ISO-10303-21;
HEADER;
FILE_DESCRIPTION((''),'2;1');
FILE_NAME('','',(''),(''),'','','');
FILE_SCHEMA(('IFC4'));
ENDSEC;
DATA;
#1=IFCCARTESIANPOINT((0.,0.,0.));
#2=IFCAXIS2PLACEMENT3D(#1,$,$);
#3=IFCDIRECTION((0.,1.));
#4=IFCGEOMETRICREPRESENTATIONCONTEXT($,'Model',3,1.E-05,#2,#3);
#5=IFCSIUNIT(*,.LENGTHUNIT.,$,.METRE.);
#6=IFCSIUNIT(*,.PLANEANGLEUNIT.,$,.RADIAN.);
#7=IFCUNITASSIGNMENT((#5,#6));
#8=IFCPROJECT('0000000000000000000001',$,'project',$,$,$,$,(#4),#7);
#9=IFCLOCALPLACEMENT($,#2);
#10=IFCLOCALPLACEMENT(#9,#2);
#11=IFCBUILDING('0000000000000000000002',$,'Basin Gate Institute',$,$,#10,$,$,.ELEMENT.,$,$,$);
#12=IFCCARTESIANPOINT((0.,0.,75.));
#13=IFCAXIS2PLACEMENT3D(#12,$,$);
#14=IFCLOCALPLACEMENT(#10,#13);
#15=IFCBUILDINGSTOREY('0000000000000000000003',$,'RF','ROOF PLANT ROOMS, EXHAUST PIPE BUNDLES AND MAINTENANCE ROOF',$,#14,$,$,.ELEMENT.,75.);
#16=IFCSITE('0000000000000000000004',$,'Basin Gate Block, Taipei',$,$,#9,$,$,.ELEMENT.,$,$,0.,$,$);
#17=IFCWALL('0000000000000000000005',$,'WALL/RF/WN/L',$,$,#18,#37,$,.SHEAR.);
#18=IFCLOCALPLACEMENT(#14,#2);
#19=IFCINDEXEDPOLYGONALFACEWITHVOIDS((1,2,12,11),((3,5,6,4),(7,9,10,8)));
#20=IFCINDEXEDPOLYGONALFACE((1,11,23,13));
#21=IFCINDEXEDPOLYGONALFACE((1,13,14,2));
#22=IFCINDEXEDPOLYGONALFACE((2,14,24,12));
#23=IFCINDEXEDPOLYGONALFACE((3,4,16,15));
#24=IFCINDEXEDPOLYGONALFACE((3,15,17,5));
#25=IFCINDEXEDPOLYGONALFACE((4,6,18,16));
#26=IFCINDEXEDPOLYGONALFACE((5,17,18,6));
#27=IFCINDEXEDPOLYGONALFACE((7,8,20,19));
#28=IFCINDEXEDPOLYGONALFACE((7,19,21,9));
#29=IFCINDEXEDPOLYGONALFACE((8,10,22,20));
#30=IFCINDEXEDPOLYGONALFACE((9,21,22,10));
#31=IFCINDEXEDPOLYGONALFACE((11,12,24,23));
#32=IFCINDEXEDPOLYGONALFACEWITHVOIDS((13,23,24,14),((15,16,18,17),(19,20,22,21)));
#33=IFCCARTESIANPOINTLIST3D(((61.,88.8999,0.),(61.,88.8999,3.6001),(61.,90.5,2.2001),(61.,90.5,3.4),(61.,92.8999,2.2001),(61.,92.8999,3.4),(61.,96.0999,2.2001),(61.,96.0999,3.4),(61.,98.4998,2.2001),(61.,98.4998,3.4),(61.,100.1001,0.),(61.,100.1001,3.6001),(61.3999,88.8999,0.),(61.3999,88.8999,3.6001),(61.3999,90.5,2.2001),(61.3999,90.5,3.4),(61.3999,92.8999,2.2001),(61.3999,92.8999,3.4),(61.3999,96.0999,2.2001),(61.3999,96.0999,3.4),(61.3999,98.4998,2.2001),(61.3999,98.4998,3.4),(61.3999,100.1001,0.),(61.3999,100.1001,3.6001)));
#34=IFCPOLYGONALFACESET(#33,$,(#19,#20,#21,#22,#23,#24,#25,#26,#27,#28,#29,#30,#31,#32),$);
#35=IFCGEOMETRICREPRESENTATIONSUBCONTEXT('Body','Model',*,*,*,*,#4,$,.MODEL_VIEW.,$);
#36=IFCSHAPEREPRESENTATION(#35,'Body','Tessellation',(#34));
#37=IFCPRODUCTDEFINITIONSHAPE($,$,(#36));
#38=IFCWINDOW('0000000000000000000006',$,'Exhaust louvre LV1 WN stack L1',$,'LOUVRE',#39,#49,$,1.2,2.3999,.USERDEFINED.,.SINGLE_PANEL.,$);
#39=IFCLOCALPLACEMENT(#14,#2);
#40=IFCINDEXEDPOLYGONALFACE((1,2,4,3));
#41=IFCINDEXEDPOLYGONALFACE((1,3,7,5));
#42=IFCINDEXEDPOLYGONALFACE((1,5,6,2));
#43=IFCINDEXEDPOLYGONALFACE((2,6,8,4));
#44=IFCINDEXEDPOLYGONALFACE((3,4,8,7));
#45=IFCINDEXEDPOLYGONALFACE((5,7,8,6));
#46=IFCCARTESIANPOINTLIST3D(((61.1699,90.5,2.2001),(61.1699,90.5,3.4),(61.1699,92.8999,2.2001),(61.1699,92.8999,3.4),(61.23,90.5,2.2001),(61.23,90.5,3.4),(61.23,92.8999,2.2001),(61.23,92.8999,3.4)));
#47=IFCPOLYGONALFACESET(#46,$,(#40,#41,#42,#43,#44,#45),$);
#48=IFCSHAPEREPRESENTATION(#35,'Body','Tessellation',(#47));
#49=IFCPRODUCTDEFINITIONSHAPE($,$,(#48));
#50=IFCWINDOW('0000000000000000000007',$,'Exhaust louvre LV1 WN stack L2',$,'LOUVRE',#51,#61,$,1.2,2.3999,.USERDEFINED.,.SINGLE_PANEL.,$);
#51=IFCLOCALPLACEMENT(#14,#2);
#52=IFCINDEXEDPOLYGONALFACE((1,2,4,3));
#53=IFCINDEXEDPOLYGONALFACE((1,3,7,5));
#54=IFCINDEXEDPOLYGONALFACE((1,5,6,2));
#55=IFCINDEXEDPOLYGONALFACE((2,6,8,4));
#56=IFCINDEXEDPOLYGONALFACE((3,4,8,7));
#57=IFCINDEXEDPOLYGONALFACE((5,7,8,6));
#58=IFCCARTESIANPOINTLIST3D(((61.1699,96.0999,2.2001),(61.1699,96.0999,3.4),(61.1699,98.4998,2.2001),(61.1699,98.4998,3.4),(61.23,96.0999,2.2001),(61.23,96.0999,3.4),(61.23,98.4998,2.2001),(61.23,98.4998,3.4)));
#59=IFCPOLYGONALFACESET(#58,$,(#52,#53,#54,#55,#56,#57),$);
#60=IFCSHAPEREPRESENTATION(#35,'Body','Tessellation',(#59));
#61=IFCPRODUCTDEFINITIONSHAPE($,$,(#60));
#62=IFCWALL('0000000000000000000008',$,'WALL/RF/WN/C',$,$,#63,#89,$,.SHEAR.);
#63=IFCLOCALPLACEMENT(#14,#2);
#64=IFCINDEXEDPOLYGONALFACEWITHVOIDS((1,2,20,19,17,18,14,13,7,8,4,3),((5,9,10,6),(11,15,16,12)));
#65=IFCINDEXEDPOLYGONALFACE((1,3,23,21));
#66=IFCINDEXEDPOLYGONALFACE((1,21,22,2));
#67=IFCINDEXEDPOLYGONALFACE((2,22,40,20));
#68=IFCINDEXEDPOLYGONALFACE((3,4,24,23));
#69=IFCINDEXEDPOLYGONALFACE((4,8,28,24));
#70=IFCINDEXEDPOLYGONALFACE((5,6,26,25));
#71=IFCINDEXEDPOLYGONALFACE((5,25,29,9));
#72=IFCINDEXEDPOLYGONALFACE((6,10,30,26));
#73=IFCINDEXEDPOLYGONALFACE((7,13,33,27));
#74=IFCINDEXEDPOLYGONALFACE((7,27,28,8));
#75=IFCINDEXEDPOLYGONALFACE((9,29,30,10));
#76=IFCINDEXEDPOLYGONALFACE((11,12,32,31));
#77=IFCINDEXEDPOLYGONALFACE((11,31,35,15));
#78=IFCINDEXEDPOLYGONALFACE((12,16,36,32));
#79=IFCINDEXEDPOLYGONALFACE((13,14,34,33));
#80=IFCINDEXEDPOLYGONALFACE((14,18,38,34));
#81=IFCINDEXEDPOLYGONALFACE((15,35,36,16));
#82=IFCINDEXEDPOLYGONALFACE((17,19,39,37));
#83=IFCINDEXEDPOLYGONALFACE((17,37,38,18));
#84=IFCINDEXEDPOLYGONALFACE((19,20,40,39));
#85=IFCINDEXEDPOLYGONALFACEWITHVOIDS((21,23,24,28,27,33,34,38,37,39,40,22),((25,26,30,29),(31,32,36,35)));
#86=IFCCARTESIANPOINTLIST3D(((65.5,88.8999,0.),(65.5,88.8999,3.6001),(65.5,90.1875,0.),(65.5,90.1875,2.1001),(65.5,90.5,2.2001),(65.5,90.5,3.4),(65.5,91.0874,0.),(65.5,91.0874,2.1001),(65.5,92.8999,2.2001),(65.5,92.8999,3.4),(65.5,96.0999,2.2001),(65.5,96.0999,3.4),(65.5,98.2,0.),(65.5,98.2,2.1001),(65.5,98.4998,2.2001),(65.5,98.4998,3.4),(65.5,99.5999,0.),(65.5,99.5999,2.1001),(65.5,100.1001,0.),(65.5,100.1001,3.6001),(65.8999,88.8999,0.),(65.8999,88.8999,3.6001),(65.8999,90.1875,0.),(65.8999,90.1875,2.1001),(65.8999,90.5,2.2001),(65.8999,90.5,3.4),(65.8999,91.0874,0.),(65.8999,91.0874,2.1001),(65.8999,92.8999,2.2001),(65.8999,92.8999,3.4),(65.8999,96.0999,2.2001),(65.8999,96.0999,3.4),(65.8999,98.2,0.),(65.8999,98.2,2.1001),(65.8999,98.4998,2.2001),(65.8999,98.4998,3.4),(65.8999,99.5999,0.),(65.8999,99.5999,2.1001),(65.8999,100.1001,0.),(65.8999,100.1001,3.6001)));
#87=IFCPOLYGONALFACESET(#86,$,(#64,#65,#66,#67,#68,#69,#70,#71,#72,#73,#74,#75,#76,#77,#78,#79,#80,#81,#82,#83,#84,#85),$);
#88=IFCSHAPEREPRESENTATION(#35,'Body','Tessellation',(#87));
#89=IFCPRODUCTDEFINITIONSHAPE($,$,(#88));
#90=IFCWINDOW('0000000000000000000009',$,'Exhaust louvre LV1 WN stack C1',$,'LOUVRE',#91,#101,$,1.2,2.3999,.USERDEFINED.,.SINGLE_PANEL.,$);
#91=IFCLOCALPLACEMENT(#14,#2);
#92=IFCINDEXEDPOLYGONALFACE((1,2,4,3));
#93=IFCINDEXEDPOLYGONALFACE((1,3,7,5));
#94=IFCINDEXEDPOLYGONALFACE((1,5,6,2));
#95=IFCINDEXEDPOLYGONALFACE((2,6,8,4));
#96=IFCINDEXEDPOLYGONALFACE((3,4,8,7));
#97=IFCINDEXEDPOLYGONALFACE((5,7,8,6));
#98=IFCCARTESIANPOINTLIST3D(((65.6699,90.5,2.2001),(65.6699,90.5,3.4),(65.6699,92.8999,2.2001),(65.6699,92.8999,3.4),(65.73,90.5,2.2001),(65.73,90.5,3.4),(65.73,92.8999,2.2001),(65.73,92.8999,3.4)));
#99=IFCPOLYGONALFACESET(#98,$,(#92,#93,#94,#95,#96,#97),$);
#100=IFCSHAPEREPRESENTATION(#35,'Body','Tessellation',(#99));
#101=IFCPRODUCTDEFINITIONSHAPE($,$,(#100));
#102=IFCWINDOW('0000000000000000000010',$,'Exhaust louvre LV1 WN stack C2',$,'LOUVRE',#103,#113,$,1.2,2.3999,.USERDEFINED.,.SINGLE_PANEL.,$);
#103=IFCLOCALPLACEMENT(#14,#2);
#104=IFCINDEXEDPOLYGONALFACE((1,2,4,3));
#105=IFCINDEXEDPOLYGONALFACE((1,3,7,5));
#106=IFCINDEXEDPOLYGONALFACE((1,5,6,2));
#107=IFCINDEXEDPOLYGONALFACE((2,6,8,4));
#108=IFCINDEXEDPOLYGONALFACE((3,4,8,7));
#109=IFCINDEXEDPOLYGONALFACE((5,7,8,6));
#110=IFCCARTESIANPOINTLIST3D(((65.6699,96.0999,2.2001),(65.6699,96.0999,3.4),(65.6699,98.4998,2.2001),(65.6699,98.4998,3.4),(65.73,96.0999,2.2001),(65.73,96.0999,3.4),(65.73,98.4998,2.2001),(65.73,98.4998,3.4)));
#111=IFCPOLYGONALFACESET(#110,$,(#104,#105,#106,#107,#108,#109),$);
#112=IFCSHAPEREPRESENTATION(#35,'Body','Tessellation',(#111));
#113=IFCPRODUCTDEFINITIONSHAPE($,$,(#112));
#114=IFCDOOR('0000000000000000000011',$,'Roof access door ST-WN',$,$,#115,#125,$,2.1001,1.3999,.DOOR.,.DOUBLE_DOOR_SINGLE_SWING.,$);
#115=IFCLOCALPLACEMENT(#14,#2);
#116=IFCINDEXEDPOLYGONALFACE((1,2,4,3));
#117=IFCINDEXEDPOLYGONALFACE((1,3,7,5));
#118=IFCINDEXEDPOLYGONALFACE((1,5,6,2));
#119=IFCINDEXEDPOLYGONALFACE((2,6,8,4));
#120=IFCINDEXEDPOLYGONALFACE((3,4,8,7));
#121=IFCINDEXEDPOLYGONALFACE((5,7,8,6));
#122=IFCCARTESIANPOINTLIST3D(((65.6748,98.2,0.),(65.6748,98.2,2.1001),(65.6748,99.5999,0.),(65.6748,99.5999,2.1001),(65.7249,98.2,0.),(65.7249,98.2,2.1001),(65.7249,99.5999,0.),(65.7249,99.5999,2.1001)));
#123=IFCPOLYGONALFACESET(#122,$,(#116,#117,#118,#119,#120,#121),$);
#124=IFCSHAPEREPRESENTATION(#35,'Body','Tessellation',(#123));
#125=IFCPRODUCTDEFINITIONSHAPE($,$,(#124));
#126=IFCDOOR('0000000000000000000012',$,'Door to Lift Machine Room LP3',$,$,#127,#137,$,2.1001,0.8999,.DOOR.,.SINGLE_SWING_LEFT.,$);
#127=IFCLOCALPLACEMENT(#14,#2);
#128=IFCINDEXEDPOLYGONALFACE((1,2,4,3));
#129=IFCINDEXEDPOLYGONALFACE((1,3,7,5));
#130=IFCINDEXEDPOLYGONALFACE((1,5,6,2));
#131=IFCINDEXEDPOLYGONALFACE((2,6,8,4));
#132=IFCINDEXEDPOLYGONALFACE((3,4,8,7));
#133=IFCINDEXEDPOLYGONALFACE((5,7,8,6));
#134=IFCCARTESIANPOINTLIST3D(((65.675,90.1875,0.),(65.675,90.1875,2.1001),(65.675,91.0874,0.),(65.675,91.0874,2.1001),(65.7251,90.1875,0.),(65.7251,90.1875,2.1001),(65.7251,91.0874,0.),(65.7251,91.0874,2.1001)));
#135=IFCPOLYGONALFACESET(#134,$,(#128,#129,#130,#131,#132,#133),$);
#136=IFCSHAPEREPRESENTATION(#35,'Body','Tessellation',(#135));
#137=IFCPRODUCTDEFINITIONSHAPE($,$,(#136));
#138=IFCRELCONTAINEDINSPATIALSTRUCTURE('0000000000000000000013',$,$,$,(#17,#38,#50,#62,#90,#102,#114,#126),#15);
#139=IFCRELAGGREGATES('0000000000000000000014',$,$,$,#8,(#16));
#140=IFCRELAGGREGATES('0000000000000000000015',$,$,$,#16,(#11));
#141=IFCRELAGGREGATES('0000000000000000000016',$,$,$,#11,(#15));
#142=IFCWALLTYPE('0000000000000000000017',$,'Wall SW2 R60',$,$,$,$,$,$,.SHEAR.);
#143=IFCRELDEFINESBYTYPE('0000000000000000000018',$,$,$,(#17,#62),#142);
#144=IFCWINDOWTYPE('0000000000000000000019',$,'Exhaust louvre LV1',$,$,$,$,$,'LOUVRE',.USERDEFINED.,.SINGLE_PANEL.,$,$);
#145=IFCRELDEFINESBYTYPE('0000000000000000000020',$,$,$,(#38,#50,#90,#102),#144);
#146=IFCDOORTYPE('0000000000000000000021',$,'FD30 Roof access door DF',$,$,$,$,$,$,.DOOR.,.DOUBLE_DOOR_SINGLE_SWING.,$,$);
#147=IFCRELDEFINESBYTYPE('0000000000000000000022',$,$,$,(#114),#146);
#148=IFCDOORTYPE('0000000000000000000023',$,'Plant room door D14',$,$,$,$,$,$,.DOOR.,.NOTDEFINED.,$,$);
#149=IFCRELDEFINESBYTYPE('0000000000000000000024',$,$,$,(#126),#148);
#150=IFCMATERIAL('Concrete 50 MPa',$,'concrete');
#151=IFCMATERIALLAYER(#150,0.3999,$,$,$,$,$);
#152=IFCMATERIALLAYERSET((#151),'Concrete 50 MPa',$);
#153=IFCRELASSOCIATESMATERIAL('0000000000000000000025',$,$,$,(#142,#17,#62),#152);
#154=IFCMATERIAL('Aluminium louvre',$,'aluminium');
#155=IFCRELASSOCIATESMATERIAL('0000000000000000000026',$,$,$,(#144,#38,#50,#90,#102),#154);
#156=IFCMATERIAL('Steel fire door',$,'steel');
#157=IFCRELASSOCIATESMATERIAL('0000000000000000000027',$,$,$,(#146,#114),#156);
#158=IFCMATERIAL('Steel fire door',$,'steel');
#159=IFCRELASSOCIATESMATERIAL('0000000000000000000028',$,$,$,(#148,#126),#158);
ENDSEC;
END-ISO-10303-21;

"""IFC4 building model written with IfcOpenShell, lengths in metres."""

from ifc_helpers import new_model, si_unit, direction, frame, frame_2d, origin, place, context, subcontext, project, spatial, rectangle, extrude, material, layer, layer_set, type_object, element, fill, save


model = new_model("IFC4")

# Units and contexts
model_context = context("Model", 3, precision=1e-05, world=origin(), true_north=direction((0.0, 1.0)))
body_context = subcontext(model_context, "Body", "Model", "MODEL_VIEW")
ifc_project = project(units=[si_unit("LENGTHUNIT", "METRE"), si_unit("PLANEANGLEUNIT", "RADIAN")], contexts=[model_context])

# Site, building, storey
site_placement = place(None, origin())
site = spatial("IfcSite", under=ifc_project, at=site_placement, Name="Basin Gate Block, Taipei", CompositionType="ELEMENT", RefElevation=0.0)
building_placement = place(site_placement, origin())
building = spatial("IfcBuilding", under=site, at=building_placement, Name="Basin Gate Institute", CompositionType="ELEMENT")
storey_placement = place(building_placement, frame((0.0, 0.0, 75.0)))
storey = spatial("IfcBuildingStorey", under=building, at=storey_placement, Name="RF", Description="ROOF PLANT ROOMS, EXHAUST PIPE BUNDLES AND MAINTENANCE ROOF", CompositionType="ELEMENT", Elevation=75.0)

# Shared definitions
ifc_material_1 = material(Name="Concrete 50 MPa", Category="concrete")
ifc_layer_1 = layer(ifc_material_1, 0.3999)
ifc_layer_set_1 = layer_set([ifc_layer_1], Name="Concrete 50 MPa")
wall_type_1 = type_object("IfcWallType", Name="Wall SW2 R60", PredefinedType="SHEAR", material=ifc_layer_set_1)

# Wall, openings, windows
wall_1_placement = place(storey_placement, frame((61.2, 88.8999, 0.0), z_axis=(0.0, 0.0, 1.0), x_axis=(0.0, 1.0, 0.0)))
wall_1 = element("IfcWall", 1, at=wall_1_placement, inside=storey, type_object=wall_type_1, material=ifc_layer_set_1, Name="WALL/RF/WN/L", PredefinedType="SHEAR", context=body_context, shape_type="SweptSolid", body=[
    extrude(rectangle(XDim=11.2002, YDim=0.3999, at=frame_2d((5.6001, 0.0))), origin(), (0.0, 0.0, 1.0), 3.6001),
])
opening_1_placement = place(wall_1_placement, frame((1.6001, 0.0, 2.2)))
opening_1 = element("IfcOpeningElement", 2, at=opening_1_placement, cuts=wall_1, PredefinedType="OPENING", context=body_context, shape_type="SweptSolid", body=[
    extrude(rectangle(XDim=2.3999, YDim=1.2, at=frame_2d((1.2, 0.6001))), frame((0.0, 0.21, 0.0), z_axis=(0.0, -1.0, 0.0), x_axis=(1.0, 0.0, 0.0)), (0.0, 0.0, 1.0), 0.4199),
])
opening_2_placement = place(wall_1_placement, frame((7.2, 0.0, 2.2)))
opening_2 = element("IfcOpeningElement", 3, at=opening_2_placement, cuts=wall_1, PredefinedType="OPENING", context=body_context, shape_type="SweptSolid", body=[
    extrude(rectangle(XDim=2.3999, YDim=1.2, at=frame_2d((1.2, 0.6001))), frame((0.0, 0.21, 0.0), z_axis=(0.0, -1.0, 0.0), x_axis=(1.0, 0.0, 0.0)), (0.0, 0.0, 1.0), 0.4199),
])
ifc_material_2 = material(Name="Aluminium louvre", Category="aluminium")
window_type_1 = type_object("IfcWindowType", Name="Exhaust louvre LV1", ElementType="LOUVRE", PartitioningType="SINGLE_PANEL", PredefinedType="USERDEFINED", material=ifc_material_2)
window_1_placement = place(opening_1_placement, origin())
window_1 = element("IfcWindow", 4, at=window_1_placement, inside=storey, type_object=window_type_1, material=ifc_material_2, Name="Exhaust louvre LV1 WN stack L1", ObjectType="LOUVRE", OverallHeight=1.2, OverallWidth=2.3999, PartitioningType="SINGLE_PANEL", PredefinedType="USERDEFINED", context=body_context, shape_type="SweptSolid", body=[
    extrude(rectangle(XDim=2.3999, YDim=1.2, at=frame_2d((1.2, 0.6001))), frame((0.0, 0.03, 0.0), z_axis=(0.0, -1.0, 0.0), x_axis=(1.0, 0.0, 0.0)), (0.0, 0.0, 1.0), 0.0601),
])
fill(opening_1, window_1)
window_2_placement = place(opening_2_placement, origin())
window_2 = element("IfcWindow", 5, at=window_2_placement, inside=storey, type_object=window_type_1, material=ifc_material_2, Name="Exhaust louvre LV1 WN stack L2", ObjectType="LOUVRE", OverallHeight=1.2, OverallWidth=2.3999, PartitioningType="SINGLE_PANEL", PredefinedType="USERDEFINED", context=body_context, shape_type="SweptSolid", body=[
    extrude(rectangle(XDim=2.3999, YDim=1.2, at=frame_2d((1.2, 0.6001))), frame((0.0, 0.03, 0.0), z_axis=(0.0, -1.0, 0.0), x_axis=(1.0, 0.0, 0.0)), (0.0, 0.0, 1.0), 0.0601),
])
fill(opening_2, window_2)

# Wall, openings, windows, doors
wall_2_placement = place(storey_placement, frame((65.7, 88.8999, 0.0), z_axis=(0.0, 0.0, 1.0), x_axis=(0.0, 1.0, 0.0)))
wall_2 = element("IfcWall", 6, at=wall_2_placement, inside=storey, type_object=wall_type_1, material=ifc_layer_set_1, Name="WALL/RF/WN/C", PredefinedType="SHEAR", context=body_context, shape_type="SweptSolid", body=[
    extrude(rectangle(XDim=11.2002, YDim=0.3999, at=frame_2d((5.6001, 0.0))), origin(), (0.0, 0.0, 1.0), 3.6001),
])
opening_3_placement = place(wall_2_placement, frame((9.3, 0.0, 0.0)))
opening_3 = element("IfcOpeningElement", 7, at=opening_3_placement, cuts=wall_2, PredefinedType="OPENING", context=body_context, shape_type="SweptSolid", body=[
    extrude(rectangle(XDim=1.3999, YDim=2.1001, at=frame_2d((0.7, 1.05))), frame((0.0, 0.21, 0.0), z_axis=(0.0, -1.0, 0.0), x_axis=(1.0, 0.0, 0.0)), (0.0, 0.0, 1.0), 0.4199),
])
opening_4_placement = place(wall_2_placement, frame((1.6001, 0.0, 2.2)))
opening_4 = element("IfcOpeningElement", 8, at=opening_4_placement, cuts=wall_2, PredefinedType="OPENING", context=body_context, shape_type="SweptSolid", body=[
    extrude(rectangle(XDim=2.3999, YDim=1.2, at=frame_2d((1.2, 0.6001))), frame((0.0, 0.21, 0.0), z_axis=(0.0, -1.0, 0.0), x_axis=(1.0, 0.0, 0.0)), (0.0, 0.0, 1.0), 0.4199),
])
opening_5_placement = place(wall_2_placement, frame((7.2, 0.0, 2.2)))
opening_5 = element("IfcOpeningElement", 9, at=opening_5_placement, cuts=wall_2, PredefinedType="OPENING", context=body_context, shape_type="SweptSolid", body=[
    extrude(rectangle(XDim=2.3999, YDim=1.2, at=frame_2d((1.2, 0.6001))), frame((0.0, 0.21, 0.0), z_axis=(0.0, -1.0, 0.0), x_axis=(1.0, 0.0, 0.0)), (0.0, 0.0, 1.0), 0.4199),
])
opening_6_placement = place(wall_2_placement, frame((1.2876, 0.0, 0.0)))
opening_6 = element("IfcOpeningElement", 10, at=opening_6_placement, cuts=wall_2, PredefinedType="OPENING", context=body_context, shape_type="SweptSolid", body=[
    extrude(rectangle(XDim=0.8999, YDim=2.1001, at=frame_2d((0.45, 1.05))), frame((0.0, 0.21, 0.0), z_axis=(0.0, -1.0, 0.0), x_axis=(1.0, 0.0, 0.0)), (0.0, 0.0, 1.0), 0.4199),
])
window_3_placement = place(opening_4_placement, origin())
window_3 = element("IfcWindow", 11, at=window_3_placement, inside=storey, type_object=window_type_1, material=ifc_material_2, Name="Exhaust louvre LV1 WN stack C1", ObjectType="LOUVRE", OverallHeight=1.2, OverallWidth=2.3999, PartitioningType="SINGLE_PANEL", PredefinedType="USERDEFINED", context=body_context, shape_type="SweptSolid", body=[
    extrude(rectangle(XDim=2.3999, YDim=1.2, at=frame_2d((1.2, 0.6001))), frame((0.0, 0.03, 0.0), z_axis=(0.0, -1.0, 0.0), x_axis=(1.0, 0.0, 0.0)), (0.0, 0.0, 1.0), 0.0601),
])
fill(opening_4, window_3)
window_4_placement = place(opening_5_placement, origin())
window_4 = element("IfcWindow", 12, at=window_4_placement, inside=storey, type_object=window_type_1, material=ifc_material_2, Name="Exhaust louvre LV1 WN stack C2", ObjectType="LOUVRE", OverallHeight=1.2, OverallWidth=2.3999, PartitioningType="SINGLE_PANEL", PredefinedType="USERDEFINED", context=body_context, shape_type="SweptSolid", body=[
    extrude(rectangle(XDim=2.3999, YDim=1.2, at=frame_2d((1.2, 0.6001))), frame((0.0, 0.03, 0.0), z_axis=(0.0, -1.0, 0.0), x_axis=(1.0, 0.0, 0.0)), (0.0, 0.0, 1.0), 0.0601),
])
fill(opening_5, window_4)
ifc_material_3 = material(Name="Steel fire door", Category="steel")
door_type_1 = type_object("IfcDoorType", Name="FD30 Roof access door DF", OperationType="DOUBLE_DOOR_SINGLE_SWING", PredefinedType="DOOR", material=ifc_material_3)
door_1_placement = place(opening_3_placement, frame((1.3999, 0.0, 0.0), z_axis=(0.0, 0.0, 1.0), x_axis=(-1.0, 0.0, 0.0)))
door_1 = element("IfcDoor", 13, at=door_1_placement, inside=storey, type_object=door_type_1, material=ifc_material_3, Name="Roof access door ST-WN", OperationType="DOUBLE_DOOR_SINGLE_SWING", OverallHeight=2.1001, OverallWidth=1.3999, PredefinedType="DOOR", context=body_context, shape_type="SweptSolid", body=[
    extrude(rectangle(XDim=1.3999, YDim=2.1001, at=frame_2d((0.7, 1.05))), frame((0.0, 0.0249, 0.0), z_axis=(0.0, -1.0, 0.0), x_axis=(1.0, 0.0, 0.0)), (0.0, 0.0, 1.0), 0.05),
])
fill(opening_3, door_1)
ifc_material_4 = material(Name="Steel fire door", Category="steel")
door_type_2 = type_object("IfcDoorType", Name="Plant room door D14", OperationType="NOTDEFINED", PredefinedType="DOOR", material=ifc_material_4)
door_2_placement = place(opening_6_placement, origin())
door_2 = element("IfcDoor", 14, at=door_2_placement, inside=storey, type_object=door_type_2, material=ifc_material_4, Name="Door to Lift Machine Room LP3", OperationType="SINGLE_SWING_LEFT", OverallHeight=2.1001, OverallWidth=0.8999, PredefinedType="DOOR", context=body_context, shape_type="SweptSolid", body=[
    extrude(rectangle(XDim=0.8999, YDim=2.1001, at=frame_2d((0.45, 1.05))), frame((0.0, 0.0249, 0.0), z_axis=(0.0, -1.0, 0.0), x_axis=(1.0, 0.0, 0.0)), (0.0, 0.0, 1.0), 0.05),
])
fill(opening_6, door_2)

save(model, "model.ifc")
